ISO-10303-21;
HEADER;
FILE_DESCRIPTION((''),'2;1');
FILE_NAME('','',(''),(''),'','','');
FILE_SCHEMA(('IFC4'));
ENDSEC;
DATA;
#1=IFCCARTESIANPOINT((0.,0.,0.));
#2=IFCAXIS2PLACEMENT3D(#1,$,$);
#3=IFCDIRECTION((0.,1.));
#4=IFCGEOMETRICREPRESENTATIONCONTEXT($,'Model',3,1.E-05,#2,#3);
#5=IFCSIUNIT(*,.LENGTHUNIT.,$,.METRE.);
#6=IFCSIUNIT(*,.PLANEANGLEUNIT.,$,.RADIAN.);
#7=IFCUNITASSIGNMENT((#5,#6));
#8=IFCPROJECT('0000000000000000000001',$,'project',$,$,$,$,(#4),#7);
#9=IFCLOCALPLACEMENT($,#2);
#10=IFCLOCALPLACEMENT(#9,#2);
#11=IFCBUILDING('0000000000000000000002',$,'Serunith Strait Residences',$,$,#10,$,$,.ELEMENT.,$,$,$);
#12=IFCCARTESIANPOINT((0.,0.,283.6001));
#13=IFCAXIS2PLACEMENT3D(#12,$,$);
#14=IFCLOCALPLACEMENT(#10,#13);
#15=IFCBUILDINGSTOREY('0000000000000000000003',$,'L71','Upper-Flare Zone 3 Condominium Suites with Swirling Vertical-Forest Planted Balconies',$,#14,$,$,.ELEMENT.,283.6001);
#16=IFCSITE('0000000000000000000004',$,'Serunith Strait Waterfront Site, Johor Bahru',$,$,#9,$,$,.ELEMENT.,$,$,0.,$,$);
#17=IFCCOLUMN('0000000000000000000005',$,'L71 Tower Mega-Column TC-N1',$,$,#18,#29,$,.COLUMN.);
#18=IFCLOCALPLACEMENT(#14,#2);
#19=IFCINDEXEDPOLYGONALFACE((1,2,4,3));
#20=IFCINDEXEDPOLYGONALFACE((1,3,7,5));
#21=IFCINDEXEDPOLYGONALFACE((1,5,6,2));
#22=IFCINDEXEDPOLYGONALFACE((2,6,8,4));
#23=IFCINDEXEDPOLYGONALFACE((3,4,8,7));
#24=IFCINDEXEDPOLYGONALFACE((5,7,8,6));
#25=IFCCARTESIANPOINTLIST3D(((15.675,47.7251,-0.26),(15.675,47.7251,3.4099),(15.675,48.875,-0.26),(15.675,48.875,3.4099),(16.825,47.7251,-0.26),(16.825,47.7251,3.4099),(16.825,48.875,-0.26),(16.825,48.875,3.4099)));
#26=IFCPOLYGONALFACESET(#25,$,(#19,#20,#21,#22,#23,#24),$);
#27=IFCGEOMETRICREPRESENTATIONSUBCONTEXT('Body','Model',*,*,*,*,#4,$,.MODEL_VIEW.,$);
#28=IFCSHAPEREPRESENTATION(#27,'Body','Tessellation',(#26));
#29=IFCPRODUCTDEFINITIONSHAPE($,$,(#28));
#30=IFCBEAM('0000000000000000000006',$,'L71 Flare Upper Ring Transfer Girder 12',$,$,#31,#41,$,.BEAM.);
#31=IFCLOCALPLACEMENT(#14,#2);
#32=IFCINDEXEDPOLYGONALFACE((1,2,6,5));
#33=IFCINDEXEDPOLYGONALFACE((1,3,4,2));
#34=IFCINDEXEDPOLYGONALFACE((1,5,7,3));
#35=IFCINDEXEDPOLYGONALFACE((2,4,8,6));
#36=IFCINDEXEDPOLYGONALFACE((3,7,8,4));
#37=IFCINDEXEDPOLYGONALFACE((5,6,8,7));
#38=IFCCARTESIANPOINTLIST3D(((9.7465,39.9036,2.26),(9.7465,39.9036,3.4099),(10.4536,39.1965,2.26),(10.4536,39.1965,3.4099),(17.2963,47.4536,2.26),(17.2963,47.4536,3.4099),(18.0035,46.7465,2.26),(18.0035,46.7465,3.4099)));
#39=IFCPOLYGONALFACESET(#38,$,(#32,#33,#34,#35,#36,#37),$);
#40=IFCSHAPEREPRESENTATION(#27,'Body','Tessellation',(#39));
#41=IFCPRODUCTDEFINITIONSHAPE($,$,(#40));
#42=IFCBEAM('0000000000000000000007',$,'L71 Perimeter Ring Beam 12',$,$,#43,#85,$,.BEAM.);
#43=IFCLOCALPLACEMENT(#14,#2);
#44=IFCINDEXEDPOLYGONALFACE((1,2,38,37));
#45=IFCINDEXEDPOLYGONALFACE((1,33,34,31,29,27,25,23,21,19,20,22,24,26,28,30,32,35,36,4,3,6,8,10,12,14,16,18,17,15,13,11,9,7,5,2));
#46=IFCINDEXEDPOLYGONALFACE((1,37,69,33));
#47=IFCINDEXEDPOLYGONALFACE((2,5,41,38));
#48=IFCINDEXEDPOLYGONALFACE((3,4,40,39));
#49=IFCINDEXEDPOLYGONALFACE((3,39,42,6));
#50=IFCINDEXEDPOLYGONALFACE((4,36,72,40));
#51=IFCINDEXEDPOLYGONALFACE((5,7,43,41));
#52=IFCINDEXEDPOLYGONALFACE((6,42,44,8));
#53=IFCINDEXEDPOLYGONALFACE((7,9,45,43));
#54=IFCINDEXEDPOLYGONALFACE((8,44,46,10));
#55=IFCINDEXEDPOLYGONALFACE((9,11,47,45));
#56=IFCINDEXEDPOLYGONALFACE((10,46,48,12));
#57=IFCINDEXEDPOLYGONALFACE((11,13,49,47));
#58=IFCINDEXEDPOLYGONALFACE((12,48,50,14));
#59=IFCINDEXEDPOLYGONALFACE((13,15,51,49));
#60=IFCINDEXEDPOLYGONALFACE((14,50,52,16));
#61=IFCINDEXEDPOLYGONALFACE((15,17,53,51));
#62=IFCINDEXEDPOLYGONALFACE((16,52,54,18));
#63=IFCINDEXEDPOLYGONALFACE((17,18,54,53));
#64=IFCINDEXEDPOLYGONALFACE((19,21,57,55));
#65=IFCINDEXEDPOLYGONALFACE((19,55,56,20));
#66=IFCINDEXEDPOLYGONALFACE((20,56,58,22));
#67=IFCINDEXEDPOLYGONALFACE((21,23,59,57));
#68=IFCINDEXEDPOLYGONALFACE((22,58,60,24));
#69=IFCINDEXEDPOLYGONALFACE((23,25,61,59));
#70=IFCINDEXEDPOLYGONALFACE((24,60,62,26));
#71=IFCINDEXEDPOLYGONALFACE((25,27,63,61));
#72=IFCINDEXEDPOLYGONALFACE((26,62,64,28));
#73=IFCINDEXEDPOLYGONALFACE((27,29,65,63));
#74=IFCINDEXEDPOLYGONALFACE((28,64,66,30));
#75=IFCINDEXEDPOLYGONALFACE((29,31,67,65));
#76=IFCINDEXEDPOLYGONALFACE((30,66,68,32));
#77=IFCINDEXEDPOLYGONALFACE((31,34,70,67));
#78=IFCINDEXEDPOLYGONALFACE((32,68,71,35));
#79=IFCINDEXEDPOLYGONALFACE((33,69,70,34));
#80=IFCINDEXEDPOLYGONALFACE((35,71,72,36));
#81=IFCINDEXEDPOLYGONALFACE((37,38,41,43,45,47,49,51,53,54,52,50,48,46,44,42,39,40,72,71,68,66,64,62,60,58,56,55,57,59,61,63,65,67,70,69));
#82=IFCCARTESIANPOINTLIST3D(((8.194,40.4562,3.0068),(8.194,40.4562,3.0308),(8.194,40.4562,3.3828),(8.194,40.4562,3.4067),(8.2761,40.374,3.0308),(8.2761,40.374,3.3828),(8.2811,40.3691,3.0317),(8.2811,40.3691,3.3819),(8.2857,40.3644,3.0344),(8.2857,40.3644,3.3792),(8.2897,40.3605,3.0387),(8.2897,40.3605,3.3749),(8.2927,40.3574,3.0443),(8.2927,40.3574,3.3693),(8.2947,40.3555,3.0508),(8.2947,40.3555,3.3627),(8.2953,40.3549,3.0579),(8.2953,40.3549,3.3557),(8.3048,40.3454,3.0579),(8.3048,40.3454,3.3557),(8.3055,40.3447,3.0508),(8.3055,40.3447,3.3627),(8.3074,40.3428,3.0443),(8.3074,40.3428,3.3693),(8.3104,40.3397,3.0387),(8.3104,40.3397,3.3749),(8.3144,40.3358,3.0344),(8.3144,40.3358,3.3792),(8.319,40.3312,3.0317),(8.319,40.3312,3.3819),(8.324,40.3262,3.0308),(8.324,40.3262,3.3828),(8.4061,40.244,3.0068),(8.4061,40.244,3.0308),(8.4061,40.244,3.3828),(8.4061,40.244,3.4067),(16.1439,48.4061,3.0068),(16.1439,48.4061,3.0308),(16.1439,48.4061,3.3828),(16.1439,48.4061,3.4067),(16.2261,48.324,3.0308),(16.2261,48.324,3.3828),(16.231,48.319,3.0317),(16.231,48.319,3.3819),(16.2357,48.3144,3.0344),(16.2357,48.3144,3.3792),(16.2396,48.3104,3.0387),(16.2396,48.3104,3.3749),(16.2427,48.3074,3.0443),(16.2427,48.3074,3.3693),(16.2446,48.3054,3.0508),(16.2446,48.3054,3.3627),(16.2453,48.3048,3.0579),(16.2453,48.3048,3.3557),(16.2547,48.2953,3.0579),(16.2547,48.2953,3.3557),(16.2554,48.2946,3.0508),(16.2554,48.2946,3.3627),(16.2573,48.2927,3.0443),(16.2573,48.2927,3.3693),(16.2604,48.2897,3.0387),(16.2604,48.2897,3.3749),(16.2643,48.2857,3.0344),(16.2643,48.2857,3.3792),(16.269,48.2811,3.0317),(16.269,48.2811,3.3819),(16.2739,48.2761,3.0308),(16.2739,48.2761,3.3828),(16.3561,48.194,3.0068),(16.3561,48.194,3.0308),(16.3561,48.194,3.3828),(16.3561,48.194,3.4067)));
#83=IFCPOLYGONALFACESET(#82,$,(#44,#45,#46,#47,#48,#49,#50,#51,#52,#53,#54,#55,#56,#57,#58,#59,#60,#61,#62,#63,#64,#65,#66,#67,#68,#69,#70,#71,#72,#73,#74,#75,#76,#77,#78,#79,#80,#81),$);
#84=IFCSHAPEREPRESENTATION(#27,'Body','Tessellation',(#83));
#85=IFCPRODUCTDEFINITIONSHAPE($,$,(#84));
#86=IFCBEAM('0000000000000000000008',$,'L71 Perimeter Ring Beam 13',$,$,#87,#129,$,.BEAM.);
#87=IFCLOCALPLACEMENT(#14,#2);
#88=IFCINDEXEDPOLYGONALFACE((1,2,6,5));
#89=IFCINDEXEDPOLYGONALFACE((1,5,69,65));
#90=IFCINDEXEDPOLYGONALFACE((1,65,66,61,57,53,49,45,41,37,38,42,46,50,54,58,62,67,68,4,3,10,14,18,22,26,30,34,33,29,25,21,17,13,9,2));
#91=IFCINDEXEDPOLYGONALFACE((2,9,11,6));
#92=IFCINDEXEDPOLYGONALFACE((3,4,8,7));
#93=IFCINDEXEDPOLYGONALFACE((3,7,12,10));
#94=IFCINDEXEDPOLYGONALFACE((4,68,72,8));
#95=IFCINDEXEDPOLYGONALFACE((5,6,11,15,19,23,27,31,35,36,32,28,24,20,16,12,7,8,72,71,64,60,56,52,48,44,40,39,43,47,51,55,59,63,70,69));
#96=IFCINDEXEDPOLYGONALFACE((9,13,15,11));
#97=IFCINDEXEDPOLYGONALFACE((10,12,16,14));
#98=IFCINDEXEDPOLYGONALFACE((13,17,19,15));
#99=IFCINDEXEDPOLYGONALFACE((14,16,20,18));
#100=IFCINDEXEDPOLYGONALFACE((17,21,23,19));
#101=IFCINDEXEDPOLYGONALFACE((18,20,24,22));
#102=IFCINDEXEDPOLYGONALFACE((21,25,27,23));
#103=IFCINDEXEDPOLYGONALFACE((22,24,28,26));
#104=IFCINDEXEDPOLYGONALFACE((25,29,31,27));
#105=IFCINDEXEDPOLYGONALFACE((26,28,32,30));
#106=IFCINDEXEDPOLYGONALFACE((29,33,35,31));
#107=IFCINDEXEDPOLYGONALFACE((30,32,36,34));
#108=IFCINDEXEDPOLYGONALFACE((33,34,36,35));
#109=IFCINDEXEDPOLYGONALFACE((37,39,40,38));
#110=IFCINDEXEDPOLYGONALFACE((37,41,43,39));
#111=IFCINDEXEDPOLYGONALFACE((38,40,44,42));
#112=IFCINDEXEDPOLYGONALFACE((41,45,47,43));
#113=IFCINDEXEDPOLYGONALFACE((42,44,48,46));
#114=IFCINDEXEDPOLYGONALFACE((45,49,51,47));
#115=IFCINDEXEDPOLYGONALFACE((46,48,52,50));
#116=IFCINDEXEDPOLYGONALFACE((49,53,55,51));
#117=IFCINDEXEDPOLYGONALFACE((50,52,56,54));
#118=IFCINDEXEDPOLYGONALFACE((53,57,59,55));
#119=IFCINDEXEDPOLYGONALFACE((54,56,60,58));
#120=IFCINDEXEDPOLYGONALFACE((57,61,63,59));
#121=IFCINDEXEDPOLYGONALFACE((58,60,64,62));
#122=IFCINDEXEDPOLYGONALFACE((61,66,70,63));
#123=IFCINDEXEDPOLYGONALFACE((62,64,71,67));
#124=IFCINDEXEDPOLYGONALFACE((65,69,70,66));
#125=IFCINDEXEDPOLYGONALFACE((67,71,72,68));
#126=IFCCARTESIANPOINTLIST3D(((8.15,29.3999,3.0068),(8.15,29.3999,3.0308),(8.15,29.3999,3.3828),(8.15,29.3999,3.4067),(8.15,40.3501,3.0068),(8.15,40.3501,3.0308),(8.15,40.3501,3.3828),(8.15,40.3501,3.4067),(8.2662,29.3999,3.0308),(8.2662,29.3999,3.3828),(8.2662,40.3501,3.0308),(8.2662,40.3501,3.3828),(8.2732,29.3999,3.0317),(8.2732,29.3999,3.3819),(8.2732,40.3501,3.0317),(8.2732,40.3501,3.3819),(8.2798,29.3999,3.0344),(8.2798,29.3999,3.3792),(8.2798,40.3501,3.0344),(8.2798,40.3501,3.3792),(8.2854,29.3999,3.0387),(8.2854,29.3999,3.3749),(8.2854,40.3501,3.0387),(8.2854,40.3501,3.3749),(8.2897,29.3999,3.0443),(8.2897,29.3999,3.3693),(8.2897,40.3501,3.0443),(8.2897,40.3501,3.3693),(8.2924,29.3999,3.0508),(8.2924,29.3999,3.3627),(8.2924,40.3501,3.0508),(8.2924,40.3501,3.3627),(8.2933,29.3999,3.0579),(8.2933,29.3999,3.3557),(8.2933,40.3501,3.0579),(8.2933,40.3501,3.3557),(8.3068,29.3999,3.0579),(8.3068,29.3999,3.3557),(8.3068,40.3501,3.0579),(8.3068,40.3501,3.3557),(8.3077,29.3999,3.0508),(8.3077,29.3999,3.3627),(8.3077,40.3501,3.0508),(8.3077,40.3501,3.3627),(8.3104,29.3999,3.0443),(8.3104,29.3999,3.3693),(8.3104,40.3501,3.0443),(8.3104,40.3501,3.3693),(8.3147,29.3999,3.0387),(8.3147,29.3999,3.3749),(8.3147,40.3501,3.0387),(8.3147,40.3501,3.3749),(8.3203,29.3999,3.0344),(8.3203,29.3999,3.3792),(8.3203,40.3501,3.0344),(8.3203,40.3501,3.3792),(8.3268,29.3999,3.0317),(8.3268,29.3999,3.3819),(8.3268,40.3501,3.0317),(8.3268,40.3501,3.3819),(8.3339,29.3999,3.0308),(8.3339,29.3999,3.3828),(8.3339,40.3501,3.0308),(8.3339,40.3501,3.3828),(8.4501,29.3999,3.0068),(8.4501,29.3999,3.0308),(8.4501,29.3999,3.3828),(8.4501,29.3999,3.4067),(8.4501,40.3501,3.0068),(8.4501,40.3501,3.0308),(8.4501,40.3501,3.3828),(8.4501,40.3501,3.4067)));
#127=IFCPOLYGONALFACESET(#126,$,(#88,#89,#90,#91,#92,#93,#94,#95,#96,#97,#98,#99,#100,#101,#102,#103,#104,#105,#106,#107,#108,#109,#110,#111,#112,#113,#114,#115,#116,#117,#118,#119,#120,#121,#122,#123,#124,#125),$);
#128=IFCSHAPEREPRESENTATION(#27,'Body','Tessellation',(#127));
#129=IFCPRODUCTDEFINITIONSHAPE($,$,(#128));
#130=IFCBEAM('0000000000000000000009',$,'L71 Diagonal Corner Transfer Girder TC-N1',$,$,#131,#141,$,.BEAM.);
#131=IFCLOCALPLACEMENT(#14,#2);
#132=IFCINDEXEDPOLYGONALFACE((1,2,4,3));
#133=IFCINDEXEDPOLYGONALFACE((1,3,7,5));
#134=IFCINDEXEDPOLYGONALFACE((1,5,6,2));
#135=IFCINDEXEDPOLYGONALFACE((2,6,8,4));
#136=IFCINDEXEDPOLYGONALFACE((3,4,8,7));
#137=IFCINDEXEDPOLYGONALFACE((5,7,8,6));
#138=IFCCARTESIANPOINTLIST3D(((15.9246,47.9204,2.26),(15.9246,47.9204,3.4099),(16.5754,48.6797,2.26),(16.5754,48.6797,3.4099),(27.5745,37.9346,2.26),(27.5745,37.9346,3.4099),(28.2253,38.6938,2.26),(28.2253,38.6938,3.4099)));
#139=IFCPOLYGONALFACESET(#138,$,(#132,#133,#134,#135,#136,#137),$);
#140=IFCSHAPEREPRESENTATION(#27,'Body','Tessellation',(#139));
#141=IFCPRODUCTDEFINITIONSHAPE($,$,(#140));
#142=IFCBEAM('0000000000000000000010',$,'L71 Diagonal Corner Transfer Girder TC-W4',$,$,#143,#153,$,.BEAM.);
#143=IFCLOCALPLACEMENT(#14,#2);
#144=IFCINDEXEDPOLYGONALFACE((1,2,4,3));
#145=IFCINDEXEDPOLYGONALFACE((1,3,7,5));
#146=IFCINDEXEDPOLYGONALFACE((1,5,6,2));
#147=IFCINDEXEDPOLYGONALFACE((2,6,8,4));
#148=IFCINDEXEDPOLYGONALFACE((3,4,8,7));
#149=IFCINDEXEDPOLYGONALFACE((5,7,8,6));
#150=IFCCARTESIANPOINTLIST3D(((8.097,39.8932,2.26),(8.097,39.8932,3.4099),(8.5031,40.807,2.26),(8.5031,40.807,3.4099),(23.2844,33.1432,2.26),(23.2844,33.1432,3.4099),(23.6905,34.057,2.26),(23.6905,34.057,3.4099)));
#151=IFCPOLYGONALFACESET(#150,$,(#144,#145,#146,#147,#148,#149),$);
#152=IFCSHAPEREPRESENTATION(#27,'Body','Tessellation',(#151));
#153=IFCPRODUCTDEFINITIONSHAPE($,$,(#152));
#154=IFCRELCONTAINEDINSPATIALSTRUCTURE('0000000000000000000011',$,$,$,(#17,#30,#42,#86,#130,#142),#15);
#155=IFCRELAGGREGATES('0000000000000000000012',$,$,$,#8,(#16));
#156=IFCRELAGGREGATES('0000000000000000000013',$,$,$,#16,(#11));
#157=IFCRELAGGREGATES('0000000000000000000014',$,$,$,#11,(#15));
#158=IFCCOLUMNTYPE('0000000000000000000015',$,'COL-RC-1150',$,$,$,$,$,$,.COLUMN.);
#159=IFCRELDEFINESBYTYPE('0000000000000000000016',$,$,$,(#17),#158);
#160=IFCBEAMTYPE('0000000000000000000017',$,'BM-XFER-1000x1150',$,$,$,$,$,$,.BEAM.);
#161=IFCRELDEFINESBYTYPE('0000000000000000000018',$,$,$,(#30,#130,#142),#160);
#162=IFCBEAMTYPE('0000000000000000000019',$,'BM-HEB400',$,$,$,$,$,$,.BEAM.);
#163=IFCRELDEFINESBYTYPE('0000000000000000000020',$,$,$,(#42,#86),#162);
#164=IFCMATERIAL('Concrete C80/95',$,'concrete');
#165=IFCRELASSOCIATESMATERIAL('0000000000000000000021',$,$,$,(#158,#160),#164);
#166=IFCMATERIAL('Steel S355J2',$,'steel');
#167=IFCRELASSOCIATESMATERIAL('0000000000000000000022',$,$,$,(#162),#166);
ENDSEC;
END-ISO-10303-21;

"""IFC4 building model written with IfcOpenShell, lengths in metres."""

from ifc_helpers import new_model, si_unit, direction, frame, origin, origin_2d, place, context, subcontext, project, spatial, rectangle, i_section, extrude, source, transform, mapped, material, material_profile, profile_set, type_object, element, save


model = new_model("IFC4")

# Units and contexts
model_context = context("Model", 3, precision=1e-05, world=origin(), true_north=direction((0.0, 1.0)))
body_context = subcontext(model_context, "Body", "Model", "MODEL_VIEW")
ifc_project = project(units=[si_unit("LENGTHUNIT", "METRE"), si_unit("PLANEANGLEUNIT", "RADIAN")], contexts=[model_context])

# Site, building, storey
site_placement = place(None, origin())
site = spatial("IfcSite", under=ifc_project, at=site_placement, Name="Serunith Strait Waterfront Site, Johor Bahru", CompositionType="ELEMENT", RefElevation=0.0)
building_placement = place(site_placement, origin())
building = spatial("IfcBuilding", under=site, at=building_placement, Name="Serunith Strait Residences", CompositionType="ELEMENT")
storey_placement = place(building_placement, frame((0.0, 0.0, 283.6001)))
storey = spatial("IfcBuildingStorey", under=building, at=storey_placement, Name="L71", Description="Upper-Flare Zone 3 Condominium Suites with Swirling Vertical-Forest Planted Balconies", CompositionType="ELEMENT", Elevation=283.6001)

# Column
ifc_material_1 = material(Name="Concrete C80/95", Category="concrete")
ifc_material_profile_1 = material_profile(ifc_material_1, rectangle(XDim=1.1499, YDim=1.1499, at=origin_2d()), Name="RC 1150x1150")
ifc_profile_set_1 = profile_set([ifc_material_profile_1], Name="Concrete C80/95")
column_type = type_object("IfcColumnType", Name="COL-RC-1150", PredefinedType="COLUMN", material=ifc_profile_set_1)
shared_shape_1 = source(origin(), body_context, "Body", "SweptSolid", [
    extrude(rectangle(XDim=1.1499, YDim=1.1499, at=origin_2d()), origin(), (0.0, 0.0, 1.0), 3.6699),
])
column_placement = place(storey_placement, frame((16.25, 48.3, -0.26), z_axis=(0.0, 0.0, 1.0), x_axis=(1.0, 0.0, 0.0)))
element("IfcColumn", 1, at=column_placement, inside=storey, type_object=column_type, Name="L71 Tower Mega-Column TC-N1", PredefinedType="COLUMN", context=body_context, shape_type="MappedRepresentation", body=[
    mapped(shared_shape_1, transform((0.0, 0.0, 0.0), scale=1.0)),
])

# Beams
ifc_material_profile_2 = material_profile(ifc_material_1, rectangle(XDim=1.0, YDim=1.1499, at=origin_2d()), Name="RC 1000x1150")
ifc_profile_set_2 = profile_set([ifc_material_profile_2], Name="Concrete C80/95")
beam_type_1 = type_object("IfcBeamType", Name="BM-XFER-1000x1150", PredefinedType="BEAM", material=ifc_profile_set_2)
shared_shape_2 = source(origin(), body_context, "Body", "SweptSolid", [
    extrude(rectangle(XDim=1.0, YDim=1.1499, at=origin_2d()), origin(), (0.0, 0.0, 1.0), 10.6772),
])
beam_1_placement = place(storey_placement, frame((17.6499, 47.1001, 2.835), z_axis=(-0.707095, -0.707118, 0.0), x_axis=(0.707118, -0.707095, 0.0)))
element("IfcBeam", 2, at=beam_1_placement, inside=storey, type_object=beam_type_1, Name="L71 Flare Upper Ring Transfer Girder 12", PredefinedType="BEAM", context=body_context, shape_type="MappedRepresentation", body=[
    mapped(shared_shape_2, transform((0.0, 0.0, 0.0), scale=1.0)),
])
ifc_material_2 = material(Name="Steel S355J2", Category="steel")
ifc_material_profile_3 = material_profile(ifc_material_2, i_section(OverallWidth=0.3, OverallDepth=0.3999, WebThickness=0.0134, FlangeThickness=0.0239, FilletRadius=0.0271, at=origin_2d()), Name="HEB 400")
ifc_profile_set_3 = profile_set([ifc_material_profile_3], Name="Steel S355J2")
beam_type_2 = type_object("IfcBeamType", Name="BM-HEB400", PredefinedType="BEAM", material=ifc_profile_set_3)
shared_shape_3 = source(origin(), body_context, "Body", "SweptSolid", [
    extrude(i_section(OverallWidth=0.3, OverallDepth=0.3999, WebThickness=0.0134, FlangeThickness=0.0239, FilletRadius=0.0271, at=origin_2d()), origin(), (0.0, 0.0, 1.0), 11.2429),
])
beam_2_placement = place(storey_placement, frame((16.25, 48.3, 3.2068), z_axis=(-0.707107, -0.707107, 0.0), x_axis=(0.707107, -0.707107, 0.0)))
element("IfcBeam", 3, at=beam_2_placement, inside=storey, type_object=beam_type_2, Name="L71 Perimeter Ring Beam 12", PredefinedType="BEAM", context=body_context, shape_type="MappedRepresentation", body=[
    mapped(shared_shape_3, transform((0.0, 0.0, 0.0), scale=1.0)),
])
shared_shape_4 = source(origin(), body_context, "Body", "SweptSolid", [
    extrude(i_section(OverallWidth=0.3, OverallDepth=0.3999, WebThickness=0.0134, FlangeThickness=0.0239, FilletRadius=0.0271, at=origin_2d()), origin(), (0.0, 0.0, 1.0), 10.9502),
])
beam_3_placement = place(storey_placement, frame((8.3, 40.3501, 3.2068), z_axis=(0.0, -1.0, 0.0), x_axis=(1.0, 0.0, 0.0)))
element("IfcBeam", 4, at=beam_3_placement, inside=storey, type_object=beam_type_2, Name="L71 Perimeter Ring Beam 13", PredefinedType="BEAM", context=body_context, shape_type="MappedRepresentation", body=[
    mapped(shared_shape_4, transform((0.0, 0.0, 0.0), scale=1.0)),
])
shared_shape_5 = source(origin(), body_context, "Body", "SweptSolid", [
    extrude(rectangle(XDim=1.0, YDim=1.1499, at=origin_2d()), origin(), (0.0, 0.0, 1.0), 15.344),
])
beam_4_placement = place(storey_placement, frame((16.25, 48.3, 2.835), z_axis=(0.75925, -0.650799, 0.0), x_axis=(0.650799, 0.75925, 0.0)))
element("IfcBeam", 5, at=beam_4_placement, inside=storey, type_object=beam_type_1, Name="L71 Diagonal Corner Transfer Girder TC-N1", PredefinedType="BEAM", context=body_context, shape_type="MappedRepresentation", body=[
    mapped(shared_shape_5, transform((0.0, 0.0, 0.0), scale=1.0)),
])
shared_shape_6 = source(origin(), body_context, "Body", "SweptSolid", [
    extrude(rectangle(XDim=1.0, YDim=1.1499, at=origin_2d()), origin(), (0.0, 0.0, 1.0), 16.6199),
])
beam_5_placement = place(storey_placement, frame((8.3, 40.3501, 2.835), z_axis=(0.913812, -0.406138, 0.0), x_axis=(0.406138, 0.913812, 0.0)))
element("IfcBeam", 6, at=beam_5_placement, inside=storey, type_object=beam_type_1, Name="L71 Diagonal Corner Transfer Girder TC-W4", PredefinedType="BEAM", context=body_context, shape_type="MappedRepresentation", body=[
    mapped(shared_shape_6, transform((0.0, 0.0, 0.0), scale=1.0)),
])

save(model, "model.ifc")
